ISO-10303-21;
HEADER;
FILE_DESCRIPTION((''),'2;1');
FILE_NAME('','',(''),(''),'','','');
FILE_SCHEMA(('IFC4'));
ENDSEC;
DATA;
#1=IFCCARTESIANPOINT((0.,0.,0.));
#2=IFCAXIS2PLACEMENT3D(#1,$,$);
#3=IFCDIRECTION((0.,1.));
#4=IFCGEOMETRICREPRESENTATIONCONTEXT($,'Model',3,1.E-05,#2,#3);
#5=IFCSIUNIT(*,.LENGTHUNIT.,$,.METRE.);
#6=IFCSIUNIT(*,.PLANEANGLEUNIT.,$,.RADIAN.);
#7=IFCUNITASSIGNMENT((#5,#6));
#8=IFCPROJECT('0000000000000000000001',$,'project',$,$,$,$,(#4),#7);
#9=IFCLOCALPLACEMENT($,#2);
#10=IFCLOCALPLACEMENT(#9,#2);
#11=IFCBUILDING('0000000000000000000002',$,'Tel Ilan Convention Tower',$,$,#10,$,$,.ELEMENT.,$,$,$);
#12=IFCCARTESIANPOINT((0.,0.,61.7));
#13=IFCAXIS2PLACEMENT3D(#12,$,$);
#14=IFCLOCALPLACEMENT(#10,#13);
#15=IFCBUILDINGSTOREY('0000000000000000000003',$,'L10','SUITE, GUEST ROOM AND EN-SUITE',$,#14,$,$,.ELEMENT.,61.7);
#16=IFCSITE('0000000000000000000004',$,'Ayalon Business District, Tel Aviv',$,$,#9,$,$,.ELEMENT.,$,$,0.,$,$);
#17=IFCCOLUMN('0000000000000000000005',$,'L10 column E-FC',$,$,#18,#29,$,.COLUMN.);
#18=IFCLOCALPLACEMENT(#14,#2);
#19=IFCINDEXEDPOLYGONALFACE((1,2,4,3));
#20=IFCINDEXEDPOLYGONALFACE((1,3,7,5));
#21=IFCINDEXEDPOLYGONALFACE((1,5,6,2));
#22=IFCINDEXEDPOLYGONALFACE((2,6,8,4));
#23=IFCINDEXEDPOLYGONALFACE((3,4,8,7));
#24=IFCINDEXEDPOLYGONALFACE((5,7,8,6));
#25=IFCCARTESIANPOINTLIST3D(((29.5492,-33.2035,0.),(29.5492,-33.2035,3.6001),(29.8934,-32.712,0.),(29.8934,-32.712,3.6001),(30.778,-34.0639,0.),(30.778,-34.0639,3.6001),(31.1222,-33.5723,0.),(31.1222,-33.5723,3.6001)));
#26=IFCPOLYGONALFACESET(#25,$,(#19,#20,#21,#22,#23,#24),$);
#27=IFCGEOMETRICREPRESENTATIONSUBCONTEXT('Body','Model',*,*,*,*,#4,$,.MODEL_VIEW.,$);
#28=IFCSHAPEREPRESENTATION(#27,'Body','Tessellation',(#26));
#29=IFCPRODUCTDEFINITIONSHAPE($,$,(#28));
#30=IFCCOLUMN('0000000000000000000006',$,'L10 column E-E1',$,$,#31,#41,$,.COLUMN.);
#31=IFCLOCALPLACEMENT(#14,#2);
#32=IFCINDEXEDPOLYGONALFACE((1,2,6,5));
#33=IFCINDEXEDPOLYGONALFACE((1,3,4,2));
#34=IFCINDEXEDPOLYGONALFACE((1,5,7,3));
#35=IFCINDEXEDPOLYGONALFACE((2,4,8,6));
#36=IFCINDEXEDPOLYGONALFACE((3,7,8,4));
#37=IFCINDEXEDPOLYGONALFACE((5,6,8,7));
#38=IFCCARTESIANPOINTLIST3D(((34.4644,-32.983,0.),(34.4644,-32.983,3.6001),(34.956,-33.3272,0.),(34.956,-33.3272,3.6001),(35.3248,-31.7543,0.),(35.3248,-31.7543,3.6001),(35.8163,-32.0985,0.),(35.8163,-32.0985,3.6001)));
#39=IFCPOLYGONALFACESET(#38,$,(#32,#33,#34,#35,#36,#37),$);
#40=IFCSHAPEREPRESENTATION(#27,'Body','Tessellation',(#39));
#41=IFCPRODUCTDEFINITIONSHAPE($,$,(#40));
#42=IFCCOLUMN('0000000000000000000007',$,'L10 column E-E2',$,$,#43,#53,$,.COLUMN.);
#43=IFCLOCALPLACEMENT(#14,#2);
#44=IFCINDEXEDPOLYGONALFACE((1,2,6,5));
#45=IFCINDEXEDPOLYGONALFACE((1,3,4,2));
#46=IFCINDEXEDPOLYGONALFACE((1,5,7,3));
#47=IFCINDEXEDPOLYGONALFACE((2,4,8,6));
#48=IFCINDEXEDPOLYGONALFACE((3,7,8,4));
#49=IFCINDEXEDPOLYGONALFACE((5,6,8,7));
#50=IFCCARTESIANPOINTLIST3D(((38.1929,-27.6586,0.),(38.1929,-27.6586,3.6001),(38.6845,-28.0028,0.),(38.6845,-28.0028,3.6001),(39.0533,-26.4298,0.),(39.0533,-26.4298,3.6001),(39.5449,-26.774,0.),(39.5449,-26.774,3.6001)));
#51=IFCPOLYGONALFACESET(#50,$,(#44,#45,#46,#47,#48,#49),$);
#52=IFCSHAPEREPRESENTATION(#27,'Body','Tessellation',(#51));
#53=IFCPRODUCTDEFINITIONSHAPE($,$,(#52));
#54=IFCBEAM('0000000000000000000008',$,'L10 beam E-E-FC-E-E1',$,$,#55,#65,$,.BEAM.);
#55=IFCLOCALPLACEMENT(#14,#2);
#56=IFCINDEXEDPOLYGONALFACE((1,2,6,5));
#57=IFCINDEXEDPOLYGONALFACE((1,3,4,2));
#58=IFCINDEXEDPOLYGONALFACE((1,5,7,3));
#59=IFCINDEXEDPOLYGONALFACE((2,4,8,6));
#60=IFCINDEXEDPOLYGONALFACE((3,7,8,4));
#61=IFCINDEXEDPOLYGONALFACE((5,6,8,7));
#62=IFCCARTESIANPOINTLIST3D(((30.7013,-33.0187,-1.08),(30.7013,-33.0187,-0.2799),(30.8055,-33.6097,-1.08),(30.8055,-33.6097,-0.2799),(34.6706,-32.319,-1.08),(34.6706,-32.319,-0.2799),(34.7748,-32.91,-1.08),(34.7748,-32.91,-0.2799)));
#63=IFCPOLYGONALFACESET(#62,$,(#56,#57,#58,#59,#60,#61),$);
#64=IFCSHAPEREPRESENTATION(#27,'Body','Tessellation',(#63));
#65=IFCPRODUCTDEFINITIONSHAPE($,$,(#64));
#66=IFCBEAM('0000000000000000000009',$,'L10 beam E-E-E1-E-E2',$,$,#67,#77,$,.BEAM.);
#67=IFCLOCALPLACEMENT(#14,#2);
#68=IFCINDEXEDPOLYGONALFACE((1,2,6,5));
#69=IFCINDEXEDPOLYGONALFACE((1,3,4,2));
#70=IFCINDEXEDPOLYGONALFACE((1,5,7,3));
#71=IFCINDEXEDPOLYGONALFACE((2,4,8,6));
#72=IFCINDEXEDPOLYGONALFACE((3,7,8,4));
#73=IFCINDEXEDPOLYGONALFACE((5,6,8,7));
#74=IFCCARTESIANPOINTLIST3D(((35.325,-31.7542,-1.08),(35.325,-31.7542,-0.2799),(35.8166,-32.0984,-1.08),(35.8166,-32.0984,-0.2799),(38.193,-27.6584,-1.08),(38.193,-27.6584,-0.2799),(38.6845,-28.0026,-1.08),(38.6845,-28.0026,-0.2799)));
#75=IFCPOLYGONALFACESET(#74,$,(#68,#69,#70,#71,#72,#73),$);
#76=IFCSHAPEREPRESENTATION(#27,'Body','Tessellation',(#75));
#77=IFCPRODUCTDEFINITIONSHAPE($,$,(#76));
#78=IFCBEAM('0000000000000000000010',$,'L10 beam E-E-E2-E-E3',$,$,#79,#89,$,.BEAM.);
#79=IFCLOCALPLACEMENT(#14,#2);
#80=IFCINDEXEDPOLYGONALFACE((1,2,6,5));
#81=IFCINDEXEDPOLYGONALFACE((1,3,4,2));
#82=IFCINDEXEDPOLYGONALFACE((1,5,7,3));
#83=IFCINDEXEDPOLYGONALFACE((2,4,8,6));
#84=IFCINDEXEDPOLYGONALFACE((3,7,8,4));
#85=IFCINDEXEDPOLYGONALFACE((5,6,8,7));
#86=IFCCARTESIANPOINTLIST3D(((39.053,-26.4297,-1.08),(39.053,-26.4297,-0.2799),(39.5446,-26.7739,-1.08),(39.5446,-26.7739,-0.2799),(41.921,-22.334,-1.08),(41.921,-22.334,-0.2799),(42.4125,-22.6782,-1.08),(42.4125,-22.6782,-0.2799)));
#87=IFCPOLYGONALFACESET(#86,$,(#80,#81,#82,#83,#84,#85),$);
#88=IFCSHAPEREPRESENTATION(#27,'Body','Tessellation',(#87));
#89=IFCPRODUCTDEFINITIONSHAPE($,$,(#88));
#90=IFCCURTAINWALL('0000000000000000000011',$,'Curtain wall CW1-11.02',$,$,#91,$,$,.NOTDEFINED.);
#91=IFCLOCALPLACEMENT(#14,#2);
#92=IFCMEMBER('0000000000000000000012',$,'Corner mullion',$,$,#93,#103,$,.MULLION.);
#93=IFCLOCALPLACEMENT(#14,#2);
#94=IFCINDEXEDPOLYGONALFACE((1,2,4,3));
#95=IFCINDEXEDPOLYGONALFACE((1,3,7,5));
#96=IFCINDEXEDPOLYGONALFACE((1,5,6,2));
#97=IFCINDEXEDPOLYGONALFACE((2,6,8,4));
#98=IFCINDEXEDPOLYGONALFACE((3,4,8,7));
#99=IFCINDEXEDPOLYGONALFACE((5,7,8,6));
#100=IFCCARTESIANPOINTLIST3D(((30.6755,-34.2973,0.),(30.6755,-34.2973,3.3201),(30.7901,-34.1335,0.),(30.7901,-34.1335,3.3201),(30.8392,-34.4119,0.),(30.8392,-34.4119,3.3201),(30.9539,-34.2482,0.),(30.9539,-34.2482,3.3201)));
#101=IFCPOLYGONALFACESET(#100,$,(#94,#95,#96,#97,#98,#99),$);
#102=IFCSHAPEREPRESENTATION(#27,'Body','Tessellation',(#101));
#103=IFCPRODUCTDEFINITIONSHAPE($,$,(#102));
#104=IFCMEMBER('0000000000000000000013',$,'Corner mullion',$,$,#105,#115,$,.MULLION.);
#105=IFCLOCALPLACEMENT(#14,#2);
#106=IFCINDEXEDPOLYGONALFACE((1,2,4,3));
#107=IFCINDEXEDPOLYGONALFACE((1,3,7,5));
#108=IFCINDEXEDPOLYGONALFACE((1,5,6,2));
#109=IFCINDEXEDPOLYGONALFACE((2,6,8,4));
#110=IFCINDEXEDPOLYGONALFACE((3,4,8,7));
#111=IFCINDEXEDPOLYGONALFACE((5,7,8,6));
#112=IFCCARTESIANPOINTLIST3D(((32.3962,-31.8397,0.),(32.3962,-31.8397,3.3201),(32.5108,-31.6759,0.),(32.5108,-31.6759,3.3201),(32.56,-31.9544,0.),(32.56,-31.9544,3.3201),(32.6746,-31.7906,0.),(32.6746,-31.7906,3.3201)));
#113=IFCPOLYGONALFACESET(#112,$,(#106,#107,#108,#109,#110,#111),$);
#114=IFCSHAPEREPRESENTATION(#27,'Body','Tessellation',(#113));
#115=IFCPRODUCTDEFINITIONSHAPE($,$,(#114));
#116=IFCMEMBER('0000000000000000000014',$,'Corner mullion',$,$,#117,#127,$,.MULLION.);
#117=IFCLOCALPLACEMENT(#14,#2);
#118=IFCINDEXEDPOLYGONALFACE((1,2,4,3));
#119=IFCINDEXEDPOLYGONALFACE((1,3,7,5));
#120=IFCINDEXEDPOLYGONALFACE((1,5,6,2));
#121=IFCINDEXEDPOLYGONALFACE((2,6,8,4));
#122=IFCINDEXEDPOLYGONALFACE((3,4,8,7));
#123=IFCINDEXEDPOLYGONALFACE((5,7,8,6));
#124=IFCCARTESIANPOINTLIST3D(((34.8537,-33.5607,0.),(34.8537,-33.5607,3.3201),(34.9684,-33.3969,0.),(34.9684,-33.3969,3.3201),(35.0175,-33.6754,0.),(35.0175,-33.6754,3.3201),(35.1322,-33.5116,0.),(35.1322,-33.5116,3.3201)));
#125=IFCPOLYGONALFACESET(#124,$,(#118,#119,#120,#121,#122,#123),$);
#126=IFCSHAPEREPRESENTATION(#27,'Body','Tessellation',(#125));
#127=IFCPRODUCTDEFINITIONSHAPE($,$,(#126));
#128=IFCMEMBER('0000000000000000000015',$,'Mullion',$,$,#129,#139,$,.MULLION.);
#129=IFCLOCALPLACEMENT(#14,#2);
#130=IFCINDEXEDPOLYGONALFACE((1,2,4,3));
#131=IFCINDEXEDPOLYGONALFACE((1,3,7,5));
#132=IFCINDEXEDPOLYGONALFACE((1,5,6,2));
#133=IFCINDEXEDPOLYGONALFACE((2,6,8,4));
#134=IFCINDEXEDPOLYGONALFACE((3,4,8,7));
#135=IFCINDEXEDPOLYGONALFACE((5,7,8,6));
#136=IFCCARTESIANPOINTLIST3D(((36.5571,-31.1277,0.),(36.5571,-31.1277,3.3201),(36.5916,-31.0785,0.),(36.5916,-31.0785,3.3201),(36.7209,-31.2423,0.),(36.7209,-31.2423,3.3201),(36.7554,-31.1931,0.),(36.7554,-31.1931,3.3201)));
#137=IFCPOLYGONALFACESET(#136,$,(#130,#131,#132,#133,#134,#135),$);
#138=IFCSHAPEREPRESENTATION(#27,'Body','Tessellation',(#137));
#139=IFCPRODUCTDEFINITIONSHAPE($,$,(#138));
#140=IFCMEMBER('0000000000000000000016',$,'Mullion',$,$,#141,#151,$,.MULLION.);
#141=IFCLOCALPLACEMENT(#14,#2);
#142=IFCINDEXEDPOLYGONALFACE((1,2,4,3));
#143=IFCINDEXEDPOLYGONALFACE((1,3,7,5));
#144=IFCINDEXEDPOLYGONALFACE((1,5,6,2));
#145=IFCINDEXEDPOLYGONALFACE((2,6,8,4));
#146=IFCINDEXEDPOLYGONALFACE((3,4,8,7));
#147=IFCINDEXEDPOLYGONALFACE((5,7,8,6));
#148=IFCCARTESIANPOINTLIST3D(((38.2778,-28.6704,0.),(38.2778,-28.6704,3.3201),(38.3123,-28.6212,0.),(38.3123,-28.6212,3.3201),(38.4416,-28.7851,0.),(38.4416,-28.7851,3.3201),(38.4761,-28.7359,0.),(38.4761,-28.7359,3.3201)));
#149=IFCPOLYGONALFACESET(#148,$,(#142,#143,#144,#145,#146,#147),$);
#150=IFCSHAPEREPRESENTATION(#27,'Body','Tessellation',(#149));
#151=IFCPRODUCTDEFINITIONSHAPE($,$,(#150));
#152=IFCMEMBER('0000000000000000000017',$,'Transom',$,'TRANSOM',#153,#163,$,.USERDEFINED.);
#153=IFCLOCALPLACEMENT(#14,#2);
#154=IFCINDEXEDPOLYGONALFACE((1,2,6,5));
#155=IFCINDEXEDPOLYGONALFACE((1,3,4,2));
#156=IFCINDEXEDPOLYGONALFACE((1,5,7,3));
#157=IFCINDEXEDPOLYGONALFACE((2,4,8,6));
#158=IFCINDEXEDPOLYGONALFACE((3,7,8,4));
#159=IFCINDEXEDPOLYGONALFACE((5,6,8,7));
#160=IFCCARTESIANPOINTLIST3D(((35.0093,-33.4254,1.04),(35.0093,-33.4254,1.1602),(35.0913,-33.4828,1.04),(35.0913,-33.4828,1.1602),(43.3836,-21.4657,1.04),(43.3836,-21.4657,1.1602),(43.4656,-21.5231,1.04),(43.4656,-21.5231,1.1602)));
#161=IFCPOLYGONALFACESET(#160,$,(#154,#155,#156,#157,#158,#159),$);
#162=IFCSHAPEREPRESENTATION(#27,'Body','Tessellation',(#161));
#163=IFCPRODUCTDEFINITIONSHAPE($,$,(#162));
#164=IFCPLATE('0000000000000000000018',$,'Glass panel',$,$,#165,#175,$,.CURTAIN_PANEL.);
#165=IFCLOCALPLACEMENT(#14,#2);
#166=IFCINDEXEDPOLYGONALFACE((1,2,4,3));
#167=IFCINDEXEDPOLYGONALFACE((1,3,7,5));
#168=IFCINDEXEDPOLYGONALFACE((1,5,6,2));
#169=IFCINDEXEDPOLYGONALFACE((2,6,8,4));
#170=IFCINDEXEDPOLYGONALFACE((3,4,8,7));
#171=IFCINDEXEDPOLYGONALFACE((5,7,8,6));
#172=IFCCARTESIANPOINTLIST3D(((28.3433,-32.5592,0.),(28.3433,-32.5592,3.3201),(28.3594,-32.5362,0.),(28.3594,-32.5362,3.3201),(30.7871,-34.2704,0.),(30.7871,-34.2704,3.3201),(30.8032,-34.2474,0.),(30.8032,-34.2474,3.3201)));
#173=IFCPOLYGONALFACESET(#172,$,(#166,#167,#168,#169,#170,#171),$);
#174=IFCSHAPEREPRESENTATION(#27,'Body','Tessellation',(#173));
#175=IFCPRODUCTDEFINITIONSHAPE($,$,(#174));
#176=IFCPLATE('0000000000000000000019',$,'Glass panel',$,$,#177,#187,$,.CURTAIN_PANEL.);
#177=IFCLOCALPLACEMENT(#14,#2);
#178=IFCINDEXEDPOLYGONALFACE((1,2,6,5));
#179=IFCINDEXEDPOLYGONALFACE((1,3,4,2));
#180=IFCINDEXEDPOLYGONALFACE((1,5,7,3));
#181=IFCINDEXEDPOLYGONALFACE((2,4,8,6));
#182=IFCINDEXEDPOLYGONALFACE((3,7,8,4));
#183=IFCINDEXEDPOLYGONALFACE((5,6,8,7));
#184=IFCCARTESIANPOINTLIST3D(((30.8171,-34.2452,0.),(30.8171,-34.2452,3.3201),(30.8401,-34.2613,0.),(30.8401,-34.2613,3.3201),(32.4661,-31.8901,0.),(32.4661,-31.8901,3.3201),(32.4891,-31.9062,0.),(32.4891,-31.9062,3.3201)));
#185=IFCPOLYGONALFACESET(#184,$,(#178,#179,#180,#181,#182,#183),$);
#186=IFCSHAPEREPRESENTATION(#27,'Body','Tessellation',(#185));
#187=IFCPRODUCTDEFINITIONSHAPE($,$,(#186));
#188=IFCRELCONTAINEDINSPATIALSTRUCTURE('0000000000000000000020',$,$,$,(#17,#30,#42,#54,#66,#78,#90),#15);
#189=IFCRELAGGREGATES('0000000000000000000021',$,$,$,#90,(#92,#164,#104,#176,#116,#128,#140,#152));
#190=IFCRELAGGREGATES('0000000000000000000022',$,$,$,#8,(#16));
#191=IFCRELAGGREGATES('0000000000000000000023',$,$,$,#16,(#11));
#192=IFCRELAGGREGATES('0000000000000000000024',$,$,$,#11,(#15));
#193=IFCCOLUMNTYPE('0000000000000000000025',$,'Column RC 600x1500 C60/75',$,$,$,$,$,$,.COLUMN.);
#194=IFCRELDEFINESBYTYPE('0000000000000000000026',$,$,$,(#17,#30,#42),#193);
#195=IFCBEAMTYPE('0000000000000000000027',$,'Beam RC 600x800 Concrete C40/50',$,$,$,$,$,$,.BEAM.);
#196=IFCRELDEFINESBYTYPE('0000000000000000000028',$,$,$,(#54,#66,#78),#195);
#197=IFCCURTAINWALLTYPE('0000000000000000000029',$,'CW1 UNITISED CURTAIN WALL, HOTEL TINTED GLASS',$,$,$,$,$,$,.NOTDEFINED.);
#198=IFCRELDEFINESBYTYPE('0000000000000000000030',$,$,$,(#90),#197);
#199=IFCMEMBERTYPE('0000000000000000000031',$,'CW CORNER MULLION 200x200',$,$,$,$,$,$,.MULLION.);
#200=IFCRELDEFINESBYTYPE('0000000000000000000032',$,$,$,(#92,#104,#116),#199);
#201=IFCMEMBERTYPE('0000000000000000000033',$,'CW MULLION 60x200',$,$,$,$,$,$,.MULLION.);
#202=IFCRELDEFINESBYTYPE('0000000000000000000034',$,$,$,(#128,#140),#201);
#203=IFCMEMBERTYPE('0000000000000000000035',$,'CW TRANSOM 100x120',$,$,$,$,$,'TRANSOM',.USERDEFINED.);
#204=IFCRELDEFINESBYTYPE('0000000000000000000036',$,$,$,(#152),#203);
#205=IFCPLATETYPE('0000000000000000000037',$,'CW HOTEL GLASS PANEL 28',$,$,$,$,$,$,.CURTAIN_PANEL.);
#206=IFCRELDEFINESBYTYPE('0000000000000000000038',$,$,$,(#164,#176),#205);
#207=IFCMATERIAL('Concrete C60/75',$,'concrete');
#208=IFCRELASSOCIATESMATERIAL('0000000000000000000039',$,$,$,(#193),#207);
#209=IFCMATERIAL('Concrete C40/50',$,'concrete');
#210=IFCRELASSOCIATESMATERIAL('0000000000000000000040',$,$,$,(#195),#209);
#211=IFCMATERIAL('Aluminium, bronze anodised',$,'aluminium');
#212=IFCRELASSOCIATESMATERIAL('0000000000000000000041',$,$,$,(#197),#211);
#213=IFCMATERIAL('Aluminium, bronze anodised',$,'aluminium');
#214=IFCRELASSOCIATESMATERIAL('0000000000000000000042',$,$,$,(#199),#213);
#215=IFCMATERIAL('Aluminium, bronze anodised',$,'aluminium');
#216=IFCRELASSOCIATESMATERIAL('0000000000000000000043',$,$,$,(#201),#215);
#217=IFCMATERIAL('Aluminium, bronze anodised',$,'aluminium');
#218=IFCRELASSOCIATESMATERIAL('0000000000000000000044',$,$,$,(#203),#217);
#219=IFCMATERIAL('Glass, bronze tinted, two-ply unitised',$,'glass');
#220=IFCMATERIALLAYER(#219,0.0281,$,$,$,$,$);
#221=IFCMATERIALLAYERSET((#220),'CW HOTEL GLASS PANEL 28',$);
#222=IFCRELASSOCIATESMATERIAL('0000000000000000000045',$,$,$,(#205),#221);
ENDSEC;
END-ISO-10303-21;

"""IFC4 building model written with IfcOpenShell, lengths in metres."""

from ifc_helpers import new_model, si_unit, direction, frame, origin, origin_2d, place, context, subcontext, project, spatial, rectangle, extrude, material, layer, layer_set, material_profile, profile_set, type_object, element, aggregate, save


model = new_model("IFC4")

# Units and contexts
model_context = context("Model", 3, precision=1e-05, world=origin(), true_north=direction((0.0, 1.0)))
body_context = subcontext(model_context, "Body", "Model", "MODEL_VIEW")
ifc_project = project(units=[si_unit("LENGTHUNIT", "METRE"), si_unit("PLANEANGLEUNIT", "RADIAN")], contexts=[model_context])

# Site, building, storey
site_placement = place(None, origin())
site = spatial("IfcSite", under=ifc_project, at=site_placement, Name="Ayalon Business District, Tel Aviv", CompositionType="ELEMENT", RefElevation=0.0)
building_placement = place(site_placement, origin())
building = spatial("IfcBuilding", under=site, at=building_placement, Name="Tel Ilan Convention Tower", CompositionType="ELEMENT")
storey_placement = place(building_placement, frame((0.0, 0.0, 61.7)))
storey = spatial("IfcBuildingStorey", under=building, at=storey_placement, Name="L10", Description="SUITE, GUEST ROOM AND EN-SUITE", CompositionType="ELEMENT", Elevation=61.7)

# Columns
ifc_material_1 = material(Name="Concrete C60/75", Category="concrete")
ifc_material_profile_1 = material_profile(ifc_material_1, rectangle(XDim=1.5, YDim=0.6001, at=origin_2d()), Name="RC 600x1500")
ifc_profile_set_1 = profile_set([ifc_material_profile_1], Name="Concrete C60/75")
column_type = type_object("IfcColumnType", Name="Column RC 600x1500 C60/75", PredefinedType="COLUMN", material=ifc_profile_set_1)
for number, where, z_axis, x_axis, name in (
    (1, (30.3357, -33.3879, 0.0), (0.0, 0.0, 1.0), (0.819152, -0.573576, 0.0), "L10 column E-FC"),
    (2, (35.1404, -32.5408, 0.0), (0.0, 0.0, 1.0), (0.573576, 0.819152, 0.0), "L10 column E-E1"),
    (3, (38.8689, -27.2163, 0.0), (0.0, 0.0, 1.0), (0.573576, 0.819152, 0.0), "L10 column E-E2"),
):
    element("IfcColumn", number, at=place(storey_placement, frame(where, z_axis=z_axis, x_axis=x_axis)), inside=storey, type_object=column_type, Name=name, PredefinedType="COLUMN", context=body_context, shape_type="SweptSolid", body=[
        extrude(rectangle(XDim=1.5, YDim=0.6001, at=origin_2d()), origin(), (0.0, 0.0, 1.0), 3.6001),
    ])

# Beams
ifc_material_2 = material(Name="Concrete C40/50", Category="concrete")
ifc_material_profile_2 = material_profile(ifc_material_2, rectangle(XDim=0.6001, YDim=0.8, at=origin_2d()), Name="RC 600x800")
ifc_profile_set_2 = profile_set([ifc_material_profile_2], Name="Concrete C40/50")
beam_type = type_object("IfcBeamType", Name="Beam RC 600x800 Concrete C40/50", PredefinedType="BEAM", material=ifc_profile_set_2)
beam_placement = place(storey_placement, frame((30.7534, -33.3142, -0.6799), z_axis=(0.984815, 0.173606, 0.0), x_axis=(-0.173606, 0.984815, 0.0)))
element("IfcBeam", 4, at=beam_placement, inside=storey, type_object=beam_type, Name="L10 beam E-E-FC-E-E1", PredefinedType="BEAM", context=body_context, shape_type="SweptSolid", body=[
    extrude(rectangle(XDim=0.6001, YDim=0.8, at=origin_2d()), origin(), (0.0, 0.0, 1.0), 4.0305),
])
for number, where, z_axis, x_axis, name in (
    (5, (35.5708, -31.9263, -0.6799), (0.573587, 0.819145, 0.0), (-0.819145, 0.573587, 0.0), "L10 beam E-E-E1-E-E2"),
    (6, (39.2988, -26.6018, -0.6799), (0.573587, 0.819145, 0.0), (-0.819145, 0.573587, 0.0), "L10 beam E-E-E2-E-E3"),
):
    element("IfcBeam", number, at=place(storey_placement, frame(where, z_axis=z_axis, x_axis=x_axis)), inside=storey, type_object=beam_type, Name=name, PredefinedType="BEAM", context=body_context, shape_type="SweptSolid", body=[
        extrude(rectangle(XDim=0.6001, YDim=0.8, at=origin_2d()), origin(), (0.0, 0.0, 1.0), 5.0),
    ])

# Curtain wall, members, plates
ifc_material_3 = material(Name="Aluminium, bronze anodised", Category="aluminium")
curtain_wall_type = type_object("IfcCurtainWallType", Name="CW1 UNITISED CURTAIN WALL, HOTEL TINTED GLASS", PredefinedType="NOTDEFINED", material=ifc_material_3)
curtain_wall_placement = place(storey_placement, origin())
curtain_wall = element("IfcCurtainWall", 7, at=curtain_wall_placement, inside=storey, type_object=curtain_wall_type, Name="Curtain wall CW1-11.02", PredefinedType="NOTDEFINED")
ifc_material_4 = material(Name="Aluminium, bronze anodised", Category="aluminium")
ifc_material_profile_3 = material_profile(ifc_material_4, rectangle(XDim=0.2, YDim=0.2, at=origin_2d()), Name="CW CORNER MULLION 200x200")
ifc_profile_set_3 = profile_set([ifc_material_profile_3], Name="Aluminium, bronze anodised")
member_type_1 = type_object("IfcMemberType", Name="CW CORNER MULLION 200x200", PredefinedType="MULLION", material=ifc_profile_set_3)
member_1_placement = place(storey_placement, frame((30.8147, -34.2727, 0.0), z_axis=(0.0, 0.0, 1.0), x_axis=(0.819152, -0.573576, 0.0)))
member_1 = element("IfcMember", 8, at=member_1_placement, type_object=member_type_1, Name="Corner mullion", PredefinedType="MULLION", context=body_context, shape_type="SweptSolid", body=[
    extrude(rectangle(XDim=0.2, YDim=0.2, at=origin_2d()), origin(), (0.0, 0.0, 1.0), 3.3201),
])
member_2_placement = place(storey_placement, frame((32.5354, -31.8152, 0.0), z_axis=(0.0, 0.0, 1.0), x_axis=(0.573576, 0.819152, 0.0)))
member_2 = element("IfcMember", 9, at=member_2_placement, type_object=member_type_1, Name="Corner mullion", PredefinedType="MULLION", context=body_context, shape_type="SweptSolid", body=[
    extrude(rectangle(XDim=0.2, YDim=0.2, at=origin_2d()), origin(), (0.0, 0.0, 1.0), 3.3201),
])
member_3_placement = place(storey_placement, frame((34.9929, -33.5361, 0.0), z_axis=(0.0, 0.0, 1.0), x_axis=(0.819152, -0.573576, 0.0)))
member_3 = element("IfcMember", 10, at=member_3_placement, type_object=member_type_1, Name="Corner mullion", PredefinedType="MULLION", context=body_context, shape_type="SweptSolid", body=[
    extrude(rectangle(XDim=0.2, YDim=0.2, at=origin_2d()), origin(), (0.0, 0.0, 1.0), 3.3201),
])
ifc_material_5 = material(Name="Aluminium, bronze anodised", Category="aluminium")
ifc_material_profile_4 = material_profile(ifc_material_5, rectangle(XDim=0.0601, YDim=0.2, at=origin_2d()), Name="CW MULLION 60x200")
ifc_profile_set_4 = profile_set([ifc_material_profile_4], Name="Aluminium, bronze anodised")
member_type_2 = type_object("IfcMemberType", Name="CW MULLION 60x200", PredefinedType="MULLION", material=ifc_profile_set_4)
member_4_placement = place(storey_placement, frame((36.6562, -31.1604, 0.0), z_axis=(0.0, 0.0, 1.0), x_axis=(0.573576, 0.819152, 0.0)))
member_4 = element("IfcMember", 11, at=member_4_placement, type_object=member_type_2, Name="Mullion", PredefinedType="MULLION", context=body_context, shape_type="SweptSolid", body=[
    extrude(rectangle(XDim=0.0601, YDim=0.2, at=origin_2d()), origin(), (0.0, 0.0, 1.0), 3.3201),
])
member_5_placement = place(storey_placement, frame((38.377, -28.7031, 0.0), z_axis=(0.0, 0.0, 1.0), x_axis=(0.573576, 0.819152, 0.0)))
member_5 = element("IfcMember", 12, at=member_5_placement, type_object=member_type_2, Name="Mullion", PredefinedType="MULLION", context=body_context, shape_type="SweptSolid", body=[
    extrude(rectangle(XDim=0.0601, YDim=0.2, at=origin_2d()), origin(), (0.0, 0.0, 1.0), 3.3201),
])
ifc_material_6 = material(Name="Aluminium, bronze anodised", Category="aluminium")
ifc_material_profile_5 = material_profile(ifc_material_6, rectangle(XDim=0.1001, YDim=0.1201, at=origin_2d()), Name="CW TRANSOM 100x120")
ifc_profile_set_5 = profile_set([ifc_material_profile_5], Name="Aluminium, bronze anodised")
member_type_3 = type_object("IfcMemberType", Name="CW TRANSOM 100x120", ElementType="TRANSOM", PredefinedType="USERDEFINED", material=ifc_profile_set_5)
member_6_placement = place(storey_placement, frame((35.0503, -33.4541, 1.1001), z_axis=(0.573576, 0.819153, 0.0), x_axis=(-0.819153, 0.573576, 0.0)))
member_6 = element("IfcMember", 13, at=member_6_placement, type_object=member_type_3, Name="Transom", ObjectType="TRANSOM", PredefinedType="USERDEFINED", context=body_context, shape_type="SweptSolid", body=[
    extrude(rectangle(XDim=0.1001, YDim=0.1201, at=origin_2d()), origin(), (0.0, 0.0, 1.0), 14.6001),
])
ifc_material_7 = material(Name="Glass, bronze tinted, two-ply unitised", Category="glass")
ifc_layer_1 = layer(ifc_material_7, 0.0281)
ifc_layer_set_1 = layer_set([ifc_layer_1], Name="CW HOTEL GLASS PANEL 28")
plate_type = type_object("IfcPlateType", Name="CW HOTEL GLASS PANEL 28", PredefinedType="CURTAIN_PANEL", material=ifc_layer_set_1)
plate_1_placement = place(storey_placement, frame((29.5732, -33.4033, 0.0), z_axis=(0.0, 0.0, 1.0), x_axis=(0.819152, -0.573576, 0.0)))
plate_1 = element("IfcPlate", 14, at=plate_1_placement, type_object=plate_type, Name="Glass panel", PredefinedType="CURTAIN_PANEL", context=body_context, shape_type="SweptSolid", body=[
    extrude(rectangle(XDim=2.9834, YDim=0.0281, at=origin_2d()), origin(), (0.0, 0.0, 1.0), 3.3201),
])
plate_2_placement = place(storey_placement, frame((31.6531, -33.0757, 0.0), z_axis=(0.0, 0.0, 1.0), x_axis=(0.573576, 0.819152, 0.0)))
plate_2 = element("IfcPlate", 15, at=plate_2_placement, type_object=plate_type, Name="Glass panel", PredefinedType="CURTAIN_PANEL", context=body_context, shape_type="SweptSolid", body=[
    extrude(rectangle(XDim=2.875, YDim=0.0281, at=origin_2d()), origin(), (0.0, 0.0, 1.0), 3.3201),
])
aggregate(curtain_wall, [member_1, plate_1, member_2, plate_2, member_3, member_4, member_5, member_6])

save(model, "model.ifc")
